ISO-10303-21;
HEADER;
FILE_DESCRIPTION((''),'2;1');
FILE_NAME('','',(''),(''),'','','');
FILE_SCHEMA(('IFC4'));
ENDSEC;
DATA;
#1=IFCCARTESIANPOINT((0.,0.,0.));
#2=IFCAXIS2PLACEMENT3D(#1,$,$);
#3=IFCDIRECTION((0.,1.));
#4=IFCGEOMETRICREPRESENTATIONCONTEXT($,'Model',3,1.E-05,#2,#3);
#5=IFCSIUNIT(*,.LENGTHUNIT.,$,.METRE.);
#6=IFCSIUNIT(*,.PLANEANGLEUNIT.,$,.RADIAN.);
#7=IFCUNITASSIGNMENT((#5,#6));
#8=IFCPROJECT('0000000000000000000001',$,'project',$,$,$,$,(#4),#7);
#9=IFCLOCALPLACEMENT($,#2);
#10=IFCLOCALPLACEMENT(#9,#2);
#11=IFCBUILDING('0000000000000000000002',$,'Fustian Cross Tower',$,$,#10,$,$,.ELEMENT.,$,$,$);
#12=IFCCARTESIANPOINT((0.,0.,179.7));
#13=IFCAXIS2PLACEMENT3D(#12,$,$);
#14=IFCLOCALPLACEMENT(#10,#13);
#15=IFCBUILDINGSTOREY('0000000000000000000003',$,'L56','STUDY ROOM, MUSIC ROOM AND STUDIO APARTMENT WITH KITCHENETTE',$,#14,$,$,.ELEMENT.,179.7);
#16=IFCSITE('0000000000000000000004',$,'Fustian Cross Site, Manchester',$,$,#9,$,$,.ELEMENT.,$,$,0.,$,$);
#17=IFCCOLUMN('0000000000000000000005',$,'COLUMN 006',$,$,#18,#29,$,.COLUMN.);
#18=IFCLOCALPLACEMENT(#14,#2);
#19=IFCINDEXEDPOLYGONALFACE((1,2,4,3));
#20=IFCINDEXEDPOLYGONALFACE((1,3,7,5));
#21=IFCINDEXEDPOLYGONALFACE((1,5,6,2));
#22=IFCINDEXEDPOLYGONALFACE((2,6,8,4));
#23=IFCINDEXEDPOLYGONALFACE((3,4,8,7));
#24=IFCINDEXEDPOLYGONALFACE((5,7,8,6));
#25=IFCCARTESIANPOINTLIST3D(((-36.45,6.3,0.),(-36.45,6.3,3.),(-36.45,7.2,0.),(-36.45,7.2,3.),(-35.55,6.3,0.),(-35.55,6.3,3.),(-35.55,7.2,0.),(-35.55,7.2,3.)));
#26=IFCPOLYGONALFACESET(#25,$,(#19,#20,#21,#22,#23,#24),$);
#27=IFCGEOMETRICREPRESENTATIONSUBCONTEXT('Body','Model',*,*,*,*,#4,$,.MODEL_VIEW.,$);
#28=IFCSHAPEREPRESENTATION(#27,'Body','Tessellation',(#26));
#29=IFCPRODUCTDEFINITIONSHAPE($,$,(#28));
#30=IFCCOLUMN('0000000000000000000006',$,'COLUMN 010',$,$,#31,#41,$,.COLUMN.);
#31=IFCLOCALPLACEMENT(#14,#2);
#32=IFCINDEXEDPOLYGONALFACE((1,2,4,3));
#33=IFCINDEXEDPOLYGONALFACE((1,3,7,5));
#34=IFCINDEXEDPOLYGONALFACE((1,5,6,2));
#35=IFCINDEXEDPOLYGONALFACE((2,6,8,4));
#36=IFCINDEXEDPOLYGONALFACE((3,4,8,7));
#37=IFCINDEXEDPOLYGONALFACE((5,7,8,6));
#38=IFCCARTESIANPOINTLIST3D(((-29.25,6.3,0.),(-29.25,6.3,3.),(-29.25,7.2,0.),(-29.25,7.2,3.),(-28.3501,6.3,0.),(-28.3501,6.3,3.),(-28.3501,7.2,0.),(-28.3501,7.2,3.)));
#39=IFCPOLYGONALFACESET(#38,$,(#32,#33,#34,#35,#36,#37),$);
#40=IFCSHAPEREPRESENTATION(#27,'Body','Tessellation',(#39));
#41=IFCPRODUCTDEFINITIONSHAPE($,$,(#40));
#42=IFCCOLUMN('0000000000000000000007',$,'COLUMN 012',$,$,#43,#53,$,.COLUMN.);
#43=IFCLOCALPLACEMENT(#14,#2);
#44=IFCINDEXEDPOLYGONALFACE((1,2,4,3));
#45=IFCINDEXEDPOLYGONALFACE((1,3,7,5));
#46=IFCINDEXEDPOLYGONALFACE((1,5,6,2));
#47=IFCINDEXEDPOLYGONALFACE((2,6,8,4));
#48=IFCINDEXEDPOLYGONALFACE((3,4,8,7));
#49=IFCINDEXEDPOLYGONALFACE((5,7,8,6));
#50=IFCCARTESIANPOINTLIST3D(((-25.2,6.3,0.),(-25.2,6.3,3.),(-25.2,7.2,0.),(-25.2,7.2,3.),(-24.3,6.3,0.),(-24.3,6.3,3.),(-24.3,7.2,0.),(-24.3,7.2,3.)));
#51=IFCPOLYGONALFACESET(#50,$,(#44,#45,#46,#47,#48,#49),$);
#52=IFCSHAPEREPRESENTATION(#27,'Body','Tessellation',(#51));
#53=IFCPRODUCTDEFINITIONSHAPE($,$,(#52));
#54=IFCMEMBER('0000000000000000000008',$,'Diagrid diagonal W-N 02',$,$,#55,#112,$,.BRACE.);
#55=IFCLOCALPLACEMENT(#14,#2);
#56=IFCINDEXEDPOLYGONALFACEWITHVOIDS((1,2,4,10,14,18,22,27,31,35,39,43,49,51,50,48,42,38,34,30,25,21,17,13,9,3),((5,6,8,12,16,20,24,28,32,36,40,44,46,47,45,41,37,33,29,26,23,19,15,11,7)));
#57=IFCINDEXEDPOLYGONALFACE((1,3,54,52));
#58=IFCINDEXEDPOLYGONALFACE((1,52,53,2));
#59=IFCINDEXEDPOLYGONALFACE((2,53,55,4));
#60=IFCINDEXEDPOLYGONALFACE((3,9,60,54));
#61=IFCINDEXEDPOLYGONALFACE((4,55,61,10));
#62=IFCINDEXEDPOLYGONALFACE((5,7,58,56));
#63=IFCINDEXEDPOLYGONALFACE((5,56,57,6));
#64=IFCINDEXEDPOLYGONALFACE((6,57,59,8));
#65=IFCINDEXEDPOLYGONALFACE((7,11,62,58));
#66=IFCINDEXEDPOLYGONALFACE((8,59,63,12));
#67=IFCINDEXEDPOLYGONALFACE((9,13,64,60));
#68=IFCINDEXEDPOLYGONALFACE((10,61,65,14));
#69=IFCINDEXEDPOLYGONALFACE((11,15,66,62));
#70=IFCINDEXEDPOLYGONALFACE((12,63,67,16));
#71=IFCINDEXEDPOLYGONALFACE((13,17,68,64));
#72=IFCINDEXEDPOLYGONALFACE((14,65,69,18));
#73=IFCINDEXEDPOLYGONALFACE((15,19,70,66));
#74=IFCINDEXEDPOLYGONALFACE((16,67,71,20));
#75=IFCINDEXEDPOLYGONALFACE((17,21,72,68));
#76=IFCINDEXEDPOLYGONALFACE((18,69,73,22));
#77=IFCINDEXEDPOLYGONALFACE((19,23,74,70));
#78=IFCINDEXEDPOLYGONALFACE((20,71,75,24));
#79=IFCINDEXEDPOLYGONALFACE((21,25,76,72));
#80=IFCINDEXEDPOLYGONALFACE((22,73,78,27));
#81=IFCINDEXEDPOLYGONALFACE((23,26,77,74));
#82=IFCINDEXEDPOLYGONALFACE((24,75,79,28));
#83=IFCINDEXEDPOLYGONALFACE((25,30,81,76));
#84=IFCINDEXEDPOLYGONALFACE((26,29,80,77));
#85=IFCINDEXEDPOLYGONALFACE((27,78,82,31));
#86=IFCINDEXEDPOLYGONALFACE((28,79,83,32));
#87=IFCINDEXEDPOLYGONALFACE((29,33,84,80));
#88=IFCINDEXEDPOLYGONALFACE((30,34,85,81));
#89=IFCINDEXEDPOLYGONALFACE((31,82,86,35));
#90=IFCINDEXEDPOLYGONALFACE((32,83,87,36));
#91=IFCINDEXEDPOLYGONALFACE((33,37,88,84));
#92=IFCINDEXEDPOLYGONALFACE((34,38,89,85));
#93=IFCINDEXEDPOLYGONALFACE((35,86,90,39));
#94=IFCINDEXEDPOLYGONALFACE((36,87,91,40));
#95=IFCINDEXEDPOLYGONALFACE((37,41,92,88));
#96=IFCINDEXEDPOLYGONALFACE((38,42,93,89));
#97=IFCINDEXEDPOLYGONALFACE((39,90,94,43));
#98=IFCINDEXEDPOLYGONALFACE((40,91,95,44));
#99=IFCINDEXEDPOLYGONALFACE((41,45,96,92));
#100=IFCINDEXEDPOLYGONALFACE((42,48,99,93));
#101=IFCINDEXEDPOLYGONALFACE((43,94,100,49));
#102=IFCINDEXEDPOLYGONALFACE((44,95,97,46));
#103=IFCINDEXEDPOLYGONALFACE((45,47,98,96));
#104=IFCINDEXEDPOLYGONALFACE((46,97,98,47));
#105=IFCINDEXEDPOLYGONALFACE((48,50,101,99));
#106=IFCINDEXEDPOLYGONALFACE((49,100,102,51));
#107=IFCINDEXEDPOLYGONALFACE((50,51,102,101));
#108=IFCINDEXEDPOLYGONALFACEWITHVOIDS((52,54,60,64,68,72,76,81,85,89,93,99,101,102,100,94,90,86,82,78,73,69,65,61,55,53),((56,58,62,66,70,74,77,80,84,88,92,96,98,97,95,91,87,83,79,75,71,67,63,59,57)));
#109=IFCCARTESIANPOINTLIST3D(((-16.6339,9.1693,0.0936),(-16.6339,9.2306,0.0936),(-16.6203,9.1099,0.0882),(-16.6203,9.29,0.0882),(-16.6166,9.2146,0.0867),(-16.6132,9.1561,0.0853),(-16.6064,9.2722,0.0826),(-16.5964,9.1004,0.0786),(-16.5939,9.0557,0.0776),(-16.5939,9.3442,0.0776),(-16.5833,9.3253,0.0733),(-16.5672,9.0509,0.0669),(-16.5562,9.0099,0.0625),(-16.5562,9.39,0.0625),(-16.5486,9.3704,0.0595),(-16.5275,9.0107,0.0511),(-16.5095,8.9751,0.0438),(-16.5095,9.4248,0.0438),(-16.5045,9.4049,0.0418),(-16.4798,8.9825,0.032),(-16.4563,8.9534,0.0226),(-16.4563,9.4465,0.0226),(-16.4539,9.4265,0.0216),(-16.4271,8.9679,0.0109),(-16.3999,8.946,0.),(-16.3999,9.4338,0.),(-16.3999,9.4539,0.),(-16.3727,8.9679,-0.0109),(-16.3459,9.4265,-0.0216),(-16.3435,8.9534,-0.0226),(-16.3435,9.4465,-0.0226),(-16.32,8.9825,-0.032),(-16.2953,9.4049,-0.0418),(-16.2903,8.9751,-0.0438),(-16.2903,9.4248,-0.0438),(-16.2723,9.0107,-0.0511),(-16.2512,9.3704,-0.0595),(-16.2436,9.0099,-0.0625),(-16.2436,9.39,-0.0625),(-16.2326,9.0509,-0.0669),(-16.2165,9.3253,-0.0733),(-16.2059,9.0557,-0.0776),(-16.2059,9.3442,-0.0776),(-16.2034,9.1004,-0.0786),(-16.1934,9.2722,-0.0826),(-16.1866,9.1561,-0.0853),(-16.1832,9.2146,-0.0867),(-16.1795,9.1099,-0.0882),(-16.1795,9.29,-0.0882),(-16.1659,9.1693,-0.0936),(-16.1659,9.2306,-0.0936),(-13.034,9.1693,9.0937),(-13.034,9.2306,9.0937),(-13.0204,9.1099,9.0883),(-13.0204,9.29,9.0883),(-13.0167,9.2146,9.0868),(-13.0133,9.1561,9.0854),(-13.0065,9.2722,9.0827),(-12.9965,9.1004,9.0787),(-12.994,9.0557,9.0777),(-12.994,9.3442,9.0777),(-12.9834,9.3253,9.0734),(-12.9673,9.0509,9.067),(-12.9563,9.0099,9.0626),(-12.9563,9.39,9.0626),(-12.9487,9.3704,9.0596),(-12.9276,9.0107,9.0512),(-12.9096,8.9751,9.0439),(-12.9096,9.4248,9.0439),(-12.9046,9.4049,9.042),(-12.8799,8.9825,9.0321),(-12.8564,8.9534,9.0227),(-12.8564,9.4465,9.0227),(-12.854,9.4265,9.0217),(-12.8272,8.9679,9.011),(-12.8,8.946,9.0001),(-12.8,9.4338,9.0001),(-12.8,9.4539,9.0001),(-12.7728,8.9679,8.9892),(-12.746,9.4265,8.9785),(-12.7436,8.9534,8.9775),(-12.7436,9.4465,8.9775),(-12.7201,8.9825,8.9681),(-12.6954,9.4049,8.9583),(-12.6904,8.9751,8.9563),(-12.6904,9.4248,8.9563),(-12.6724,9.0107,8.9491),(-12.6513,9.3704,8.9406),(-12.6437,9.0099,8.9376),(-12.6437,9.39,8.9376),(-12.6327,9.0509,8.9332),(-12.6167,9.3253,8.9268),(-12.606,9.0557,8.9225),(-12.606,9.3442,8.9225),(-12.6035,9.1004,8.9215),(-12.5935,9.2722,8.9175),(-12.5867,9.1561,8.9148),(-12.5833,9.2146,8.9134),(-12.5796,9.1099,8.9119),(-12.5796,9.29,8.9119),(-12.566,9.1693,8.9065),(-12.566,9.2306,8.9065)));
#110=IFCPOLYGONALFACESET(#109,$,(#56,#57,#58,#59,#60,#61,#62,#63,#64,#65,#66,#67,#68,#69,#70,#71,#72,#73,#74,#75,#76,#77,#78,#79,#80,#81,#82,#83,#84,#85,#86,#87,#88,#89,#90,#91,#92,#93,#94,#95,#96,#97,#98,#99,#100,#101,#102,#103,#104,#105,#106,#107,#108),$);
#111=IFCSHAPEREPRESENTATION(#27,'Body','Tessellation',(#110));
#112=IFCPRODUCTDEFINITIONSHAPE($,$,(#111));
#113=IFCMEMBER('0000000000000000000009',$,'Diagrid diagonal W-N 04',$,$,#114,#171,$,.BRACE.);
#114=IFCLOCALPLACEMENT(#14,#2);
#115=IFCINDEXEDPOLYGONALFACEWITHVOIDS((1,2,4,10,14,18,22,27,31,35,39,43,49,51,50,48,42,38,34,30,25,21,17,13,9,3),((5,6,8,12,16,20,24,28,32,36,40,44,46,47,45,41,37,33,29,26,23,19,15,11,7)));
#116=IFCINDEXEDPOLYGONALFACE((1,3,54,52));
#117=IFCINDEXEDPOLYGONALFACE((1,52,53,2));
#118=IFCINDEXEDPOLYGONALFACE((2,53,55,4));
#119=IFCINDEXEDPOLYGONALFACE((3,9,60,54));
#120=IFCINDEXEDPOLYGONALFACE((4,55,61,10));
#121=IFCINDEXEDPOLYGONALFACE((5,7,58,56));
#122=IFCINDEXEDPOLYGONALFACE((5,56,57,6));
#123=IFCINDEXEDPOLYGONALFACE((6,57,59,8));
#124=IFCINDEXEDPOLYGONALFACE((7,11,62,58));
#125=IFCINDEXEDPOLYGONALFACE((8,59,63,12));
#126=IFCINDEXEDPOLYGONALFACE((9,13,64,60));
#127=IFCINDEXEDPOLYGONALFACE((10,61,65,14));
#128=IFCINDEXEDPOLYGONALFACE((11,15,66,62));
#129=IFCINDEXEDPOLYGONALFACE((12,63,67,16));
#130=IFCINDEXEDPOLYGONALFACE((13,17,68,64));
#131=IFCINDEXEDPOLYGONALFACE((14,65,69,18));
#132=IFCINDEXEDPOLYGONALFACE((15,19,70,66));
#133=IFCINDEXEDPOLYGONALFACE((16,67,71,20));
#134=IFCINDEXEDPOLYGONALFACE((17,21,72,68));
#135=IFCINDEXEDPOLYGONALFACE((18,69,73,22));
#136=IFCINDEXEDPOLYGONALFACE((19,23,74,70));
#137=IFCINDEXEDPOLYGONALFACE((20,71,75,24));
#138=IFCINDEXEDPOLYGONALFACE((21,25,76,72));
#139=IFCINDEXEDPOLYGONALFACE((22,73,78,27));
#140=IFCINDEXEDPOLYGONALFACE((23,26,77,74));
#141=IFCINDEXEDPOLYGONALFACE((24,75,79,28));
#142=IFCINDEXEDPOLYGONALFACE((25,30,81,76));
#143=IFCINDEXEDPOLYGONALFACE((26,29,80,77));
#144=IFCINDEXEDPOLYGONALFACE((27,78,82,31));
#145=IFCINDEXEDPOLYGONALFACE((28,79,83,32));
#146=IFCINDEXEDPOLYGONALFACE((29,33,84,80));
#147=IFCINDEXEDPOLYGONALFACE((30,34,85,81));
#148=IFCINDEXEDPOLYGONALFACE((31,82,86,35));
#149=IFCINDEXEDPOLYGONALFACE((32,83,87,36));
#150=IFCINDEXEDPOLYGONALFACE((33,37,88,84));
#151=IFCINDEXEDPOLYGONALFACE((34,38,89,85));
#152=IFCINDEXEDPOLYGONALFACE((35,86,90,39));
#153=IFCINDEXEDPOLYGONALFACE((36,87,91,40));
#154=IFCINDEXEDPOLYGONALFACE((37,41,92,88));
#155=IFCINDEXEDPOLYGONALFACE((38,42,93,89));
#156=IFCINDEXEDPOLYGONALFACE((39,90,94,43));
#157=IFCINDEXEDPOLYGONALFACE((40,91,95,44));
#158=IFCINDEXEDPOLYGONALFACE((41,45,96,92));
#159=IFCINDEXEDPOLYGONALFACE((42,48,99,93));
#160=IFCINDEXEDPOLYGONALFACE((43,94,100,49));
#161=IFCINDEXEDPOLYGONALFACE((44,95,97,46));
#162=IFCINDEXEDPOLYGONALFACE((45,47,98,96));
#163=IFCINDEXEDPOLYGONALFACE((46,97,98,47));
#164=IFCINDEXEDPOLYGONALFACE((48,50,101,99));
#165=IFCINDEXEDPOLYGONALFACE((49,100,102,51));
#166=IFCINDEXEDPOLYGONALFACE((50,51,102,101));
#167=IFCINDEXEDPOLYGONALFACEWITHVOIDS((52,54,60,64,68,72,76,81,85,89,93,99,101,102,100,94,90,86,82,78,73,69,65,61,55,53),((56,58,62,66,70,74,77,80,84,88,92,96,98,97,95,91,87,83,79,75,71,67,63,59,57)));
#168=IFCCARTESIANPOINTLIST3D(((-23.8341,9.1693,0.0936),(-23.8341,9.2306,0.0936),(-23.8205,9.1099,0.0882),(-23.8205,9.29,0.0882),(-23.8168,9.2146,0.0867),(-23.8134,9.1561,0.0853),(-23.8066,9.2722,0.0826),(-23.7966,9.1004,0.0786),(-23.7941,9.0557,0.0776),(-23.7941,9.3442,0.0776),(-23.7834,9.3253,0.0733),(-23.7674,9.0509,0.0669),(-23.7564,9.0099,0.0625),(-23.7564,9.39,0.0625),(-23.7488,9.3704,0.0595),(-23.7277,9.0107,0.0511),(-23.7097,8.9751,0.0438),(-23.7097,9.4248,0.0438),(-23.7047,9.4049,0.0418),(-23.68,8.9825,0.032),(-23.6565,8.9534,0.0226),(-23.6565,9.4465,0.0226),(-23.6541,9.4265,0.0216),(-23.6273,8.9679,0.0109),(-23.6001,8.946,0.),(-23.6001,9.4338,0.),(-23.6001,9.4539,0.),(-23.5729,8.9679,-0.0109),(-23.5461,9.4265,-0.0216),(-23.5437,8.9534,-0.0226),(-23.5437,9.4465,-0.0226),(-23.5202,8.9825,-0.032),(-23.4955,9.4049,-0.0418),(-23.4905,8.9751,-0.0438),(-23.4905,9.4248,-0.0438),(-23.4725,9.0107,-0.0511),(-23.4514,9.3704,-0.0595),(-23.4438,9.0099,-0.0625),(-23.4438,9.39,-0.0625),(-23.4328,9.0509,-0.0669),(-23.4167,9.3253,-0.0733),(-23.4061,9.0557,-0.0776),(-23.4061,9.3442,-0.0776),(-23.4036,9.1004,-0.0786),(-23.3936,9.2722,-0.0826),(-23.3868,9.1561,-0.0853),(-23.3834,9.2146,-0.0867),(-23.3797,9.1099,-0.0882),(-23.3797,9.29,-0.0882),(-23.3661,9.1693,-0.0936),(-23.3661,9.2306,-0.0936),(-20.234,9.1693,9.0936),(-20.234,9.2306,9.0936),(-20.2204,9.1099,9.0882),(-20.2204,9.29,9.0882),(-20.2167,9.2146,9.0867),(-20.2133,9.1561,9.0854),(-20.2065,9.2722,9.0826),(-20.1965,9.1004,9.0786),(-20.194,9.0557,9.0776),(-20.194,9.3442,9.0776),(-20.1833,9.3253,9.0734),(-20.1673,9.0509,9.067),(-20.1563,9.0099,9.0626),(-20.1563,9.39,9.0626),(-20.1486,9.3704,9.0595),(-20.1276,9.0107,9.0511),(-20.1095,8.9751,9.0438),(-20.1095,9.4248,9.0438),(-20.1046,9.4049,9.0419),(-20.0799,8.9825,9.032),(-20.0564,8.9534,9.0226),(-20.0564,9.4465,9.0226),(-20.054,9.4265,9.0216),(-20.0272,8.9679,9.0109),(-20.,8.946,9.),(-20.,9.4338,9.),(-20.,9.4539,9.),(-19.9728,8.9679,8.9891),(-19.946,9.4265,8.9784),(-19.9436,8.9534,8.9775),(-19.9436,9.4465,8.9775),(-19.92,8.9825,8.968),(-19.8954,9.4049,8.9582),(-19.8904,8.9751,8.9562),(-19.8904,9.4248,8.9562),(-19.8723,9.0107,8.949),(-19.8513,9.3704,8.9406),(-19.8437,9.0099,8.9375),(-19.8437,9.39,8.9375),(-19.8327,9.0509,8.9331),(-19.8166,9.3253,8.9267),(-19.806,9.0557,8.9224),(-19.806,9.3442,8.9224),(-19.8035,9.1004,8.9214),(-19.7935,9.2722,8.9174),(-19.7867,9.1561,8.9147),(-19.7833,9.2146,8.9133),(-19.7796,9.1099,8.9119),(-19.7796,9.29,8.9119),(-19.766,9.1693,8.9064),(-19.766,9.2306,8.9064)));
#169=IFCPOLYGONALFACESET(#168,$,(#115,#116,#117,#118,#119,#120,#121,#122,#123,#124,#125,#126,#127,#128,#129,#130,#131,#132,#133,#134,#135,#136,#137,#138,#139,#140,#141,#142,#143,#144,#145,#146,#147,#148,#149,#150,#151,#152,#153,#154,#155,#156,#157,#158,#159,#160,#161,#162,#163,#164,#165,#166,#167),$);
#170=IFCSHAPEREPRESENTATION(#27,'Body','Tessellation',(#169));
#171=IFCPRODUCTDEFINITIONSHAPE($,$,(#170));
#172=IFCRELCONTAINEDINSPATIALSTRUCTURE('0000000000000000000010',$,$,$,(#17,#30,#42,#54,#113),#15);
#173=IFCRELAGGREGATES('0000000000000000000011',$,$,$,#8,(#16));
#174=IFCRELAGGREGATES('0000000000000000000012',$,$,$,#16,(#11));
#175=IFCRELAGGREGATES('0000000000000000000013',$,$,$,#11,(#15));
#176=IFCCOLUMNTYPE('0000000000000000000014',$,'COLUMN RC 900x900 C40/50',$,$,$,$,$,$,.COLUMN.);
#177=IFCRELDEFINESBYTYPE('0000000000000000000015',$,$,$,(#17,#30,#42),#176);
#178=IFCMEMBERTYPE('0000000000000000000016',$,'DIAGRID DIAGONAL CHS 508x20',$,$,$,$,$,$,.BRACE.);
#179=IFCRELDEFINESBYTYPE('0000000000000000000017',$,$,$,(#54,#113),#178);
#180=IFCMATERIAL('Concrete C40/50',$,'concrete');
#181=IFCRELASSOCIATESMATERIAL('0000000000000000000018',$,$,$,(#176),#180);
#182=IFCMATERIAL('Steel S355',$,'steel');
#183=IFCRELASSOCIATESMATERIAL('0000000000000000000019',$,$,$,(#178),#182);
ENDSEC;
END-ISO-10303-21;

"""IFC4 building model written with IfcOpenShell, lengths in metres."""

from ifc_helpers import new_model, si_unit, direction, frame, origin, origin_2d, place, context, subcontext, project, spatial, rectangle, hollow_circle, extrude, material, material_profile, profile_set, type_object, element, save


model = new_model("IFC4")

# Units and contexts
model_context = context("Model", 3, precision=1e-05, world=origin(), true_north=direction((0.0, 1.0)))
body_context = subcontext(model_context, "Body", "Model", "MODEL_VIEW")
ifc_project = project(units=[si_unit("LENGTHUNIT", "METRE"), si_unit("PLANEANGLEUNIT", "RADIAN")], contexts=[model_context])

# Site, building, storey
site_placement = place(None, origin())
site = spatial("IfcSite", under=ifc_project, at=site_placement, Name="Fustian Cross Site, Manchester", CompositionType="ELEMENT", RefElevation=0.0)
building_placement = place(site_placement, origin())
building = spatial("IfcBuilding", under=site, at=building_placement, Name="Fustian Cross Tower", CompositionType="ELEMENT")
storey_placement = place(building_placement, frame((0.0, 0.0, 179.7)))
storey = spatial("IfcBuildingStorey", under=building, at=storey_placement, Name="L56", Description="STUDY ROOM, MUSIC ROOM AND STUDIO APARTMENT WITH KITCHENETTE", CompositionType="ELEMENT", Elevation=179.7)

# Columns
ifc_material_1 = material(Name="Concrete C40/50", Category="concrete")
ifc_material_profile_1 = material_profile(ifc_material_1, rectangle(XDim=0.8999, YDim=0.8999, at=origin_2d()), Name="RC 900x900")
ifc_profile_set_1 = profile_set([ifc_material_profile_1], Name="Concrete C40/50")
column_type = type_object("IfcColumnType", Name="COLUMN RC 900x900 C40/50", PredefinedType="COLUMN", material=ifc_profile_set_1)
for number, where, z_axis, x_axis, name in (
    (1, (-36.0, 6.75, 0.0), (0.0, 0.0, 1.0), (1.0, 0.0, 0.0), "COLUMN 006"),
    (2, (-28.8, 6.75, 0.0), (0.0, 0.0, 1.0), (1.0, 0.0, 0.0), "COLUMN 010"),
    (3, (-24.75, 6.75, 0.0), (0.0, 0.0, 1.0), (1.0, 0.0, 0.0), "COLUMN 012"),
):
    element("IfcColumn", number, at=place(storey_placement, frame(where, z_axis=z_axis, x_axis=x_axis)), inside=storey, type_object=column_type, Name=name, PredefinedType="COLUMN", context=body_context, shape_type="SweptSolid", body=[
        extrude(rectangle(XDim=0.8999, YDim=0.8999, at=origin_2d()), origin(), (0.0, 0.0, 1.0), 3.0),
    ])

# Members
ifc_material_2 = material(Name="Steel S355", Category="steel")
ifc_material_profile_2 = material_profile(ifc_material_2, hollow_circle(Radius=0.2539, WallThickness=0.02, at=origin_2d()), Name="CHS 508x20")
ifc_profile_set_2 = profile_set([ifc_material_profile_2], Name="Steel S355")
member_type = type_object("IfcMemberType", Name="DIAGRID DIAGONAL CHS 508x20", PredefinedType="BRACE", material=ifc_profile_set_2)
for number, where, z_axis, x_axis, name in (
    (4, (-16.3999, 9.2, 0.0), (0.371378, 0.0, 0.928482), (0.0, 1.0, 0.0), "Diagrid diagonal W-N 02"),
    (5, (-23.6001, 9.2, 0.0), (0.371399, 0.0, 0.928473), (0.0, 1.0, 0.0), "Diagrid diagonal W-N 04"),
):
    element("IfcMember", number, at=place(storey_placement, frame(where, z_axis=z_axis, x_axis=x_axis)), inside=storey, type_object=member_type, Name=name, PredefinedType="BRACE", context=body_context, shape_type="SweptSolid", body=[
        extrude(hollow_circle(Radius=0.2539, WallThickness=0.02, at=origin_2d()), origin(), (0.0, 0.0, 1.0), 9.6934),
    ])

save(model, "model.ifc")
